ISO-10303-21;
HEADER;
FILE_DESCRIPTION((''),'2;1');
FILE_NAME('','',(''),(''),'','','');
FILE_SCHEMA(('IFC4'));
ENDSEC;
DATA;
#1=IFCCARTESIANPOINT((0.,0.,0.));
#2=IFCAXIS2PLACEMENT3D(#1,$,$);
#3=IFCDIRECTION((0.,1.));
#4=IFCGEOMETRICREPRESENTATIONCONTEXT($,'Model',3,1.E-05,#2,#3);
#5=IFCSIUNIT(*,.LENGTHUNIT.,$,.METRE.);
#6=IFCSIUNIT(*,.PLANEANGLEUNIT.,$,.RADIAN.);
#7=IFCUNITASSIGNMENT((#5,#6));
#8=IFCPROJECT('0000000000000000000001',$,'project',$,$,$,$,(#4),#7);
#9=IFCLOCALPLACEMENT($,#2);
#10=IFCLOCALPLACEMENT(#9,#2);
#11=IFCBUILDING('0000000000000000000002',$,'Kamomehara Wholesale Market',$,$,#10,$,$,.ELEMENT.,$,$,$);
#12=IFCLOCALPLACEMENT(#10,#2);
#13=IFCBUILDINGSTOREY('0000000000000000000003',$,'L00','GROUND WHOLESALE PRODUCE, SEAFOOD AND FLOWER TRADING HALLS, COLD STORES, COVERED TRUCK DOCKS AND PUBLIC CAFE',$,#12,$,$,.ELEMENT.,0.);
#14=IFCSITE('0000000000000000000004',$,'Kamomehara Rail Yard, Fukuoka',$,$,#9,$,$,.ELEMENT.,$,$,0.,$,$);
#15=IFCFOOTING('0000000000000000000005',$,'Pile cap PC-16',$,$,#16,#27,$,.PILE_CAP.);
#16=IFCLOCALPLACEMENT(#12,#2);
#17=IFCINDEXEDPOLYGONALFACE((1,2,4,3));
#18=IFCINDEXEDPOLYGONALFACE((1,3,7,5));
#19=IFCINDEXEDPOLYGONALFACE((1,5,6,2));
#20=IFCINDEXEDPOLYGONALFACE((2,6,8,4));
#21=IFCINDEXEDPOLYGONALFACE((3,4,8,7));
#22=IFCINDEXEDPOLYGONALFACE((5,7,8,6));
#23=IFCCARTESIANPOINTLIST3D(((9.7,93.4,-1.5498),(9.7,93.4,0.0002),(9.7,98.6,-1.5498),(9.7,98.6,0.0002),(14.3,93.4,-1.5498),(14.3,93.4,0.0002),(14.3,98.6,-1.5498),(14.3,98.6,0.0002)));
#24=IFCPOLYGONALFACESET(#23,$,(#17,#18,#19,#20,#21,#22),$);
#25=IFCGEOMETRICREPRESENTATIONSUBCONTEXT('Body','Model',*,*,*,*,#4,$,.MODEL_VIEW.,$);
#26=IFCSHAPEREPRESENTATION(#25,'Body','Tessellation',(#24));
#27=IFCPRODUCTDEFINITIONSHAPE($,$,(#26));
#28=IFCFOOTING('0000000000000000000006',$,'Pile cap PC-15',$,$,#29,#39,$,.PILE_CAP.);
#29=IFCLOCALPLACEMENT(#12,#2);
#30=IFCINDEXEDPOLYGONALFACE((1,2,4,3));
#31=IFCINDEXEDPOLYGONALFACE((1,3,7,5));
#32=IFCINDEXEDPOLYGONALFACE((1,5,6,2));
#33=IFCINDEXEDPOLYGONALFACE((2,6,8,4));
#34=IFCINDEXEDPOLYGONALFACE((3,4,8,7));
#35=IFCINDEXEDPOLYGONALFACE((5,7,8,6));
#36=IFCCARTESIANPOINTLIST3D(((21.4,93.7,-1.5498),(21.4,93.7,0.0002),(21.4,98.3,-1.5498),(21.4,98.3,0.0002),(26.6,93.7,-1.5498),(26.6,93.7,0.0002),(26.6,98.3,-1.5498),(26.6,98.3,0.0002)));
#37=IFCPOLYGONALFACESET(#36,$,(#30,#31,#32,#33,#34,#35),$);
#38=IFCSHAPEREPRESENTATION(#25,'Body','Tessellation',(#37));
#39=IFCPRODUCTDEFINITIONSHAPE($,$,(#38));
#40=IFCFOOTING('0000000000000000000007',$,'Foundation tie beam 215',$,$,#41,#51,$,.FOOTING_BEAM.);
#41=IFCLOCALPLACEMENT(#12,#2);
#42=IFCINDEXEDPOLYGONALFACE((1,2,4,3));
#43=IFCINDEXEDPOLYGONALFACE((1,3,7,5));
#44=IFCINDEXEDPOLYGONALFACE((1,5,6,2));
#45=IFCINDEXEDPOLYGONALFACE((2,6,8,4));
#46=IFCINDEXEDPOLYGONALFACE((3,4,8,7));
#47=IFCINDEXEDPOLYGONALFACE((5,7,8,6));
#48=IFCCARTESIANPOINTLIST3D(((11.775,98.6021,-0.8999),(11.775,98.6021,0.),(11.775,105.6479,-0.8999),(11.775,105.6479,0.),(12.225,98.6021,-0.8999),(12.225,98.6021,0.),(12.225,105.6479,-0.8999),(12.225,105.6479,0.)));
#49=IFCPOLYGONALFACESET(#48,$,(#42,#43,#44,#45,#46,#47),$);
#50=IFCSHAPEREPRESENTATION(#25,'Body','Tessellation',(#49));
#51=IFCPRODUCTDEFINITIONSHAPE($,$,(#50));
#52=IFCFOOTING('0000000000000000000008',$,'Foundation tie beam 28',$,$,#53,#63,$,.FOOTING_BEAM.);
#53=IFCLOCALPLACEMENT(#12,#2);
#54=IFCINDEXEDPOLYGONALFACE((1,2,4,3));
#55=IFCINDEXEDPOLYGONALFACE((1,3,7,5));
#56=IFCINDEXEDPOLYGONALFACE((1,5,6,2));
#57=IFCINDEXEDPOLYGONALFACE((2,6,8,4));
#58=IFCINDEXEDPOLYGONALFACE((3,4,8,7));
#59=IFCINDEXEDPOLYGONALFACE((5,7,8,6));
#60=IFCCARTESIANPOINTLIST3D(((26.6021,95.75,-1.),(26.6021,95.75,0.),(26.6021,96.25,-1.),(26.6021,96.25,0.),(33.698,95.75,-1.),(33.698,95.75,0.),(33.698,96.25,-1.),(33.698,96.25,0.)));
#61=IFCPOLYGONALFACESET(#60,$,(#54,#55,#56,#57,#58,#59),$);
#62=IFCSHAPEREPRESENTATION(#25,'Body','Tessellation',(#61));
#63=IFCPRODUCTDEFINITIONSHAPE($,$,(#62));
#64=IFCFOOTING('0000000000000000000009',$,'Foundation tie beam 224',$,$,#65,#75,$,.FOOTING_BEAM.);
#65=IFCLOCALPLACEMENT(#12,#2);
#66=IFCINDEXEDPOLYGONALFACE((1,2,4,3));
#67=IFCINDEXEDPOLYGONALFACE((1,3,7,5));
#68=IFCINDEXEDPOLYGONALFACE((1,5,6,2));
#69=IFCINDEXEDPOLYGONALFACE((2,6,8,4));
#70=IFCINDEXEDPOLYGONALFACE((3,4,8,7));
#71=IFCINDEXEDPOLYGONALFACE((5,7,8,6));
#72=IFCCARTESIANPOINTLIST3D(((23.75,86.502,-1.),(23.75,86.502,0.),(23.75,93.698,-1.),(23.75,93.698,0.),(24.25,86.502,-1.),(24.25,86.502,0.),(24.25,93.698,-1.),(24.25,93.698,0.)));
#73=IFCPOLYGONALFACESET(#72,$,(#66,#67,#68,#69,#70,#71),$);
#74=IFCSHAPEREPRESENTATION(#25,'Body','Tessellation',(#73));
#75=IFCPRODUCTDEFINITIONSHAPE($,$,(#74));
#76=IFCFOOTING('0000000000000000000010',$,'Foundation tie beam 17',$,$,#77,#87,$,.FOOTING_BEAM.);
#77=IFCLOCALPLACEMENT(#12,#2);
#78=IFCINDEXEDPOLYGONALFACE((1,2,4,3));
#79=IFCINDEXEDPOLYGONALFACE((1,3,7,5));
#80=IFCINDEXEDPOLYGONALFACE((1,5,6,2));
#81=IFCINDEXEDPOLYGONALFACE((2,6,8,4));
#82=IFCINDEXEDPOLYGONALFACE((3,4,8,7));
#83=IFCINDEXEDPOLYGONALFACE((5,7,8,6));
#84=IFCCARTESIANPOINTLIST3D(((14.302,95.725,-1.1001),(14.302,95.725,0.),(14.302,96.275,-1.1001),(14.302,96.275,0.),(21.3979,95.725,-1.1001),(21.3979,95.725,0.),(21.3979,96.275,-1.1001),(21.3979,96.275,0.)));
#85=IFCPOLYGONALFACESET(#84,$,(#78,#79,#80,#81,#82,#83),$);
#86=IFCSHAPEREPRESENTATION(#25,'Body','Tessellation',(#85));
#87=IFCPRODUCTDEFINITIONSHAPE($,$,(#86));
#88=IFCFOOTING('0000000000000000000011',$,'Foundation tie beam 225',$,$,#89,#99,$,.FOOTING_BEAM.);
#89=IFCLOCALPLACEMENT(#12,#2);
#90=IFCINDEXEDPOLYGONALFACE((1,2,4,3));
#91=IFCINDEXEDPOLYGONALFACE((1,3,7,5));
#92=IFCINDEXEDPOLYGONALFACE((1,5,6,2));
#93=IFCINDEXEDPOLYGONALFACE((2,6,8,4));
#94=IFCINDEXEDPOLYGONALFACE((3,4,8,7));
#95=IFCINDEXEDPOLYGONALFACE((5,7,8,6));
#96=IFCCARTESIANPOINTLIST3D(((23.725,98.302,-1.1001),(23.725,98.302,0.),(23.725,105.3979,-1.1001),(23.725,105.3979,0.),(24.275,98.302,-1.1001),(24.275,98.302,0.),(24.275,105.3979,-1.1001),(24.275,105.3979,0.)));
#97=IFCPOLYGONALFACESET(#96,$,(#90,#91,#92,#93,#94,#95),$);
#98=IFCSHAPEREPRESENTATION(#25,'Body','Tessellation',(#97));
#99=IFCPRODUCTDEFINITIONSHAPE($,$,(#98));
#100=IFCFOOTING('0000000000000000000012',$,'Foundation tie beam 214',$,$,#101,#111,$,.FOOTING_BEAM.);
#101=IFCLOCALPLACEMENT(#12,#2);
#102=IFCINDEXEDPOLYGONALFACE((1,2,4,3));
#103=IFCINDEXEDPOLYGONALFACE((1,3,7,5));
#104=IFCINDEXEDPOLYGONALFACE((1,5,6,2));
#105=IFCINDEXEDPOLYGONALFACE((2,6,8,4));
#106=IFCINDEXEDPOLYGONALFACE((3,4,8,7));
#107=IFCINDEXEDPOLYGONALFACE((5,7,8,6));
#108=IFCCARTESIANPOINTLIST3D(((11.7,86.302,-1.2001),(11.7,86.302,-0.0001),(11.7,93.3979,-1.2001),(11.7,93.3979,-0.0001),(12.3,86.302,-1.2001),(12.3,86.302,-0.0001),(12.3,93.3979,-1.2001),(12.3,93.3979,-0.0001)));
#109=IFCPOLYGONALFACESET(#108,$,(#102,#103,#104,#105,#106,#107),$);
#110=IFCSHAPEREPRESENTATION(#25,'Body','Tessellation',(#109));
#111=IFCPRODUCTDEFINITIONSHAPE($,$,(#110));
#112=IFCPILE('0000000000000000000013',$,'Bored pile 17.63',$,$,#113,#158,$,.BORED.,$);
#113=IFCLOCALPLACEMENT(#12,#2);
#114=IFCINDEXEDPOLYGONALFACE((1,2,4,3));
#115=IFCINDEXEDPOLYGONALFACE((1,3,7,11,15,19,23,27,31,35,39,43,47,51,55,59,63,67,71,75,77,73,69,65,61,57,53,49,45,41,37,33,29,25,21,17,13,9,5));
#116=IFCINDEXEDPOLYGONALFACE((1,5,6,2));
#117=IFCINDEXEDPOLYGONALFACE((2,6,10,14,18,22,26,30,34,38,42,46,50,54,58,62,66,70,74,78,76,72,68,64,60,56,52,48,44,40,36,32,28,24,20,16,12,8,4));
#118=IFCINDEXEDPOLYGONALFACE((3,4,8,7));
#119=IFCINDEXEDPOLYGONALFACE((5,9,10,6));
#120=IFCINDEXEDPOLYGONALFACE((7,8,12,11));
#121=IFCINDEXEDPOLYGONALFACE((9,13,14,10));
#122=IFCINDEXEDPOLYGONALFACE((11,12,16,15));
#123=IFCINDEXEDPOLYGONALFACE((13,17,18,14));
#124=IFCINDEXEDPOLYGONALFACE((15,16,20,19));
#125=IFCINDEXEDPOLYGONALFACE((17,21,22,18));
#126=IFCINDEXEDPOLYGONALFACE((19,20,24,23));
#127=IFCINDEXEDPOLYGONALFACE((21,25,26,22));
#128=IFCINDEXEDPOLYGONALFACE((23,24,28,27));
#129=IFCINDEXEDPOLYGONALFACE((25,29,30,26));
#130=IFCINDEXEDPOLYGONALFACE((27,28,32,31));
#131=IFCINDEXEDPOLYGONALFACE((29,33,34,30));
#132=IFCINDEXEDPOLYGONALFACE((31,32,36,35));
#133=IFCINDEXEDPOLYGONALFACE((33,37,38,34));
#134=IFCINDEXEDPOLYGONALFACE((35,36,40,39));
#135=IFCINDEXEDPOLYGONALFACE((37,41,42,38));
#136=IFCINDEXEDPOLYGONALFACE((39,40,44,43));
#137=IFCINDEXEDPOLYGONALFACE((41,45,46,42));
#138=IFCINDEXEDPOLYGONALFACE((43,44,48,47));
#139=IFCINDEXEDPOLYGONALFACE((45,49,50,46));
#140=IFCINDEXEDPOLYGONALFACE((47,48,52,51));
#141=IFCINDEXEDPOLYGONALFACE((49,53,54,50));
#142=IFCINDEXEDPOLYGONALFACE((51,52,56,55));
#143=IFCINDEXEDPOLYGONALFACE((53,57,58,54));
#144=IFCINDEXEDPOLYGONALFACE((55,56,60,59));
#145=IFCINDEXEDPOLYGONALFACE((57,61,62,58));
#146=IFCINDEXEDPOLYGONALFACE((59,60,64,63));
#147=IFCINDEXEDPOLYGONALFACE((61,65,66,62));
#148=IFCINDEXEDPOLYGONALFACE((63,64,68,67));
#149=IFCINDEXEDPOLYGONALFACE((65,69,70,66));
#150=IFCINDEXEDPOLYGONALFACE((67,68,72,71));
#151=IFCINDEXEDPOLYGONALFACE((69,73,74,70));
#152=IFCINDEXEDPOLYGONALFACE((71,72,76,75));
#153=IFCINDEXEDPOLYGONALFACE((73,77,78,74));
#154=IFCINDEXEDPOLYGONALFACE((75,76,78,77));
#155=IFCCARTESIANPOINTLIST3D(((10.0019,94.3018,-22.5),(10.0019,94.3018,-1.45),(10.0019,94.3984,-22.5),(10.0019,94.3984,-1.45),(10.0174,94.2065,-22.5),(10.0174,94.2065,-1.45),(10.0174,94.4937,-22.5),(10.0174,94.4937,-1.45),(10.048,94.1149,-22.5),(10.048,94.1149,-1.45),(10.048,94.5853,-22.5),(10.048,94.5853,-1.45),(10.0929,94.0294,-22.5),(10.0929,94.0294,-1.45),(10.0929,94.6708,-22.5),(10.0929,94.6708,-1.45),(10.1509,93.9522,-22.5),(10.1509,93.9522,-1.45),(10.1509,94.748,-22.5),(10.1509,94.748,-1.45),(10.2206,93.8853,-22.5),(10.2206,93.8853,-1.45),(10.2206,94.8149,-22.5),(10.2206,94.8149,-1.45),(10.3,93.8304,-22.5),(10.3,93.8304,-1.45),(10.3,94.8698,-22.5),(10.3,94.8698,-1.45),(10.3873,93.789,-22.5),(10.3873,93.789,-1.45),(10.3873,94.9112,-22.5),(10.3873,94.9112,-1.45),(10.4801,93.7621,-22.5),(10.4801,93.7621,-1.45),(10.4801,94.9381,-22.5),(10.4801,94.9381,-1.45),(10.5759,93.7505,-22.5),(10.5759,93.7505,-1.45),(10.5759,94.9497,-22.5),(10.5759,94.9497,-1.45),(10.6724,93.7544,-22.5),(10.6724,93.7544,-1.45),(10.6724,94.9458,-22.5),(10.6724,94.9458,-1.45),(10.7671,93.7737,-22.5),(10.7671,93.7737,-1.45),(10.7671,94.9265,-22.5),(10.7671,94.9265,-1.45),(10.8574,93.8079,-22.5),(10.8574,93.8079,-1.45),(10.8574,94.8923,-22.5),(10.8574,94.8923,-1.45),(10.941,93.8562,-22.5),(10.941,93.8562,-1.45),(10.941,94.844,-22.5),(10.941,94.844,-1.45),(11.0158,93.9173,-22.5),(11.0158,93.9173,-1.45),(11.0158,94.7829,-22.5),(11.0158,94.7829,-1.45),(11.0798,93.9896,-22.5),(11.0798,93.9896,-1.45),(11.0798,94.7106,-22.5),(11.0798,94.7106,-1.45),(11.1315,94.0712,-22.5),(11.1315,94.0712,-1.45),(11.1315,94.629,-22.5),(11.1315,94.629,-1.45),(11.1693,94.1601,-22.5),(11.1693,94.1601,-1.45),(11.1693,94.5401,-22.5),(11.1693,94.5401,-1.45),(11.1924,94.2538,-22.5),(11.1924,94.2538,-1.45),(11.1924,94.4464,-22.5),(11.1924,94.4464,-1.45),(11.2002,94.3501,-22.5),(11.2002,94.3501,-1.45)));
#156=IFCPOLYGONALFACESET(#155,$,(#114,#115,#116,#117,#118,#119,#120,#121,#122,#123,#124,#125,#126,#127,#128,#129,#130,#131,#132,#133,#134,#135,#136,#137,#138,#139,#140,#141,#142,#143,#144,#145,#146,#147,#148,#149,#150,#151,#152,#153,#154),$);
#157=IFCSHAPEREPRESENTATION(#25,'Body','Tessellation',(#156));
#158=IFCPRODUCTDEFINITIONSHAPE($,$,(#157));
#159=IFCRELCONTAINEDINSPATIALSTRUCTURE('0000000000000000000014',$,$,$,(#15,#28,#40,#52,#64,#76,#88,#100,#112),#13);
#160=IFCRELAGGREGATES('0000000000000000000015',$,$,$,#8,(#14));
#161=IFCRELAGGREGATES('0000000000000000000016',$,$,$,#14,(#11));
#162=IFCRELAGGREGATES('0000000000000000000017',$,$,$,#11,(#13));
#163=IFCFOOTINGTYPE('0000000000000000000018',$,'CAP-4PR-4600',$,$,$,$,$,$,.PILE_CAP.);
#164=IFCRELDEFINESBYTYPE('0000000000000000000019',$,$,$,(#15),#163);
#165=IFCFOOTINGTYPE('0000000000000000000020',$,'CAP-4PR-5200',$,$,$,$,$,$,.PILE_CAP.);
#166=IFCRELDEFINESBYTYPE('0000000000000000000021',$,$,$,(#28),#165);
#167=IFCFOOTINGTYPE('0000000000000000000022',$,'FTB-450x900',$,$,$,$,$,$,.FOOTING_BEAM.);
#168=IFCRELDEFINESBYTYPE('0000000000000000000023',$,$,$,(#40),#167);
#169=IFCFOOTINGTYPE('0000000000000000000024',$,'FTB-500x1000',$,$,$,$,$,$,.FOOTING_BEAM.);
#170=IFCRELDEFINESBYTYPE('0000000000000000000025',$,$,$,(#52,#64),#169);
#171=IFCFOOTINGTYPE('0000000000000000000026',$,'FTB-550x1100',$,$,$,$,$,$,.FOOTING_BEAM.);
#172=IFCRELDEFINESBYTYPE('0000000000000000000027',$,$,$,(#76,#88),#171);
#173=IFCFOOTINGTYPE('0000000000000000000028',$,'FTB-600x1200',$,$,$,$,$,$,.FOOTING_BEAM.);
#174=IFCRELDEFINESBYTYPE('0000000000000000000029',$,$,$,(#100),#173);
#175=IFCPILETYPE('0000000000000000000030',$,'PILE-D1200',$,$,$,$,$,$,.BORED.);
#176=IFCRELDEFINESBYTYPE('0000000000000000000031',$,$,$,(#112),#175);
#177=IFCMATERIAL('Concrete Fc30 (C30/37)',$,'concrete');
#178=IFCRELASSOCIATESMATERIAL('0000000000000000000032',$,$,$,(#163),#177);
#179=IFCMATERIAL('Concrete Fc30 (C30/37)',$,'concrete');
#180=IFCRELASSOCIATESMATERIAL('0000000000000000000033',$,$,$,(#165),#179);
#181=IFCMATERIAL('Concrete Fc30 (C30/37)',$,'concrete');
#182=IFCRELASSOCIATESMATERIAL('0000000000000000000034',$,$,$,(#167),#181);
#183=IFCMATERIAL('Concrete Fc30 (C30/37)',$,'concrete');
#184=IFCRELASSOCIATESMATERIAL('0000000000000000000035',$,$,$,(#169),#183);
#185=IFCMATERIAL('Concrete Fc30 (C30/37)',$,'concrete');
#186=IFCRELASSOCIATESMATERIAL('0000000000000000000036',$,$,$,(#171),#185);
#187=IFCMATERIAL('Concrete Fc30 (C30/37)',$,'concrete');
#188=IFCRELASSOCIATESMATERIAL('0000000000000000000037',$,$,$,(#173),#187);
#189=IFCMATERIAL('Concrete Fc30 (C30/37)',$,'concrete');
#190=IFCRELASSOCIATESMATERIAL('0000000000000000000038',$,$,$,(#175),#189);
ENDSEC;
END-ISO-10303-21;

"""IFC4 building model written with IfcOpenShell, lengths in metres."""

from ifc_helpers import new_model, si_unit, direction, frame, origin, origin_2d, place, context, subcontext, project, spatial, rectangle, circle, extrude, material, material_profile, profile_set, type_object, element, save


model = new_model("IFC4")

# Units and contexts
model_context = context("Model", 3, precision=1e-05, world=origin(), true_north=direction((0.0, 1.0)))
body_context = subcontext(model_context, "Body", "Model", "MODEL_VIEW")
ifc_project = project(units=[si_unit("LENGTHUNIT", "METRE"), si_unit("PLANEANGLEUNIT", "RADIAN")], contexts=[model_context])

# Site, building, storey
site_placement = place(None, origin())
site = spatial("IfcSite", under=ifc_project, at=site_placement, Name="Kamomehara Rail Yard, Fukuoka", CompositionType="ELEMENT", RefElevation=0.0)
building_placement = place(site_placement, origin())
building = spatial("IfcBuilding", under=site, at=building_placement, Name="Kamomehara Wholesale Market", CompositionType="ELEMENT")
storey_placement = place(building_placement, origin())
storey = spatial("IfcBuildingStorey", under=building, at=storey_placement, Name="L00", Description="GROUND WHOLESALE PRODUCE, SEAFOOD AND FLOWER TRADING HALLS, COLD STORES, COVERED TRUCK DOCKS AND PUBLIC CAFE", CompositionType="ELEMENT", Elevation=0.0)

# Footings
ifc_material_1 = material(Name="Concrete Fc30 (C30/37)", Category="concrete")
footing_type_1 = type_object("IfcFootingType", Name="CAP-4PR-4600", PredefinedType="PILE_CAP", material=ifc_material_1)
footing_1_placement = place(storey_placement, frame((12.0, 96.0, -1.5498), z_axis=(0.0, 0.0, 1.0), x_axis=(1.0, 0.0, 0.0)))
element("IfcFooting", 1, at=footing_1_placement, inside=storey, type_object=footing_type_1, Name="Pile cap PC-16", PredefinedType="PILE_CAP", context=body_context, shape_type="SweptSolid", body=[
    extrude(rectangle(XDim=4.6001, YDim=5.2, at=origin_2d()), origin(), (0.0, 0.0, 1.0), 1.55),
])
ifc_material_2 = material(Name="Concrete Fc30 (C30/37)", Category="concrete")
footing_type_2 = type_object("IfcFootingType", Name="CAP-4PR-5200", PredefinedType="PILE_CAP", material=ifc_material_2)
footing_2_placement = place(storey_placement, frame((24.0, 96.0, -1.5498), z_axis=(0.0, 0.0, 1.0), x_axis=(1.0, 0.0, 0.0)))
element("IfcFooting", 2, at=footing_2_placement, inside=storey, type_object=footing_type_2, Name="Pile cap PC-15", PredefinedType="PILE_CAP", context=body_context, shape_type="SweptSolid", body=[
    extrude(rectangle(XDim=5.2, YDim=4.6001, at=origin_2d()), origin(), (0.0, 0.0, 1.0), 1.55),
])
ifc_material_3 = material(Name="Concrete Fc30 (C30/37)", Category="concrete")
ifc_material_profile_1 = material_profile(ifc_material_3, rectangle(XDim=0.45, YDim=0.8999, at=origin_2d()), Name="RC-FTB-450x900")
ifc_profile_set_1 = profile_set([ifc_material_profile_1], Name="Concrete Fc30 (C30/37)")
footing_type_3 = type_object("IfcFootingType", Name="FTB-450x900", PredefinedType="FOOTING_BEAM", material=ifc_profile_set_1)
footing_3_placement = place(storey_placement, frame((12.0, 98.6021, -0.45), z_axis=(0.0, 1.0, 0.0), x_axis=(-1.0, 0.0, 0.0)))
element("IfcFooting", 3, at=footing_3_placement, inside=storey, type_object=footing_type_3, Name="Foundation tie beam 215", PredefinedType="FOOTING_BEAM", context=body_context, shape_type="SweptSolid", body=[
    extrude(rectangle(XDim=0.45, YDim=0.8999, at=origin_2d()), origin(), (0.0, 0.0, 1.0), 7.0459),
])
ifc_material_4 = material(Name="Concrete Fc30 (C30/37)", Category="concrete")
ifc_material_profile_2 = material_profile(ifc_material_4, rectangle(XDim=0.5, YDim=1.0, at=origin_2d()), Name="RC-FTB-500x1000")
ifc_profile_set_2 = profile_set([ifc_material_profile_2], Name="Concrete Fc30 (C30/37)")
footing_type_4 = type_object("IfcFootingType", Name="FTB-500x1000", PredefinedType="FOOTING_BEAM", material=ifc_profile_set_2)
footing_4_placement = place(storey_placement, frame((26.6021, 96.0, -0.5), z_axis=(1.0, 0.0, 0.0), x_axis=(0.0, 1.0, 0.0)))
element("IfcFooting", 4, at=footing_4_placement, inside=storey, type_object=footing_type_4, Name="Foundation tie beam 28", PredefinedType="FOOTING_BEAM", context=body_context, shape_type="SweptSolid", body=[
    extrude(rectangle(XDim=0.5, YDim=1.0, at=origin_2d()), origin(), (0.0, 0.0, 1.0), 7.0959),
])
footing_5_placement = place(storey_placement, frame((24.0, 86.502, -0.5), z_axis=(0.0, 1.0, 0.0), x_axis=(-1.0, 0.0, 0.0)))
element("IfcFooting", 5, at=footing_5_placement, inside=storey, type_object=footing_type_4, Name="Foundation tie beam 224", PredefinedType="FOOTING_BEAM", context=body_context, shape_type="SweptSolid", body=[
    extrude(rectangle(XDim=0.5, YDim=1.0, at=origin_2d()), origin(), (0.0, 0.0, 1.0), 7.196),
])
ifc_material_5 = material(Name="Concrete Fc30 (C30/37)", Category="concrete")
ifc_material_profile_3 = material_profile(ifc_material_5, rectangle(XDim=0.55, YDim=1.1001, at=origin_2d()), Name="RC-FTB-550x1100")
ifc_profile_set_3 = profile_set([ifc_material_profile_3], Name="Concrete Fc30 (C30/37)")
footing_type_5 = type_object("IfcFootingType", Name="FTB-550x1100", PredefinedType="FOOTING_BEAM", material=ifc_profile_set_3)
for number, where, z_axis, x_axis, name in (
    (6, (14.302, 96.0, -0.55), (1.0, 0.0, 0.0), (0.0, 1.0, 0.0), "Foundation tie beam 17"),
    (7, (24.0, 98.302, -0.55), (0.0, 1.0, 0.0), (-1.0, 0.0, 0.0), "Foundation tie beam 225"),
):
    element("IfcFooting", number, at=place(storey_placement, frame(where, z_axis=z_axis, x_axis=x_axis)), inside=storey, type_object=footing_type_5, Name=name, PredefinedType="FOOTING_BEAM", context=body_context, shape_type="SweptSolid", body=[
        extrude(rectangle(XDim=0.55, YDim=1.1001, at=origin_2d()), origin(), (0.0, 0.0, 1.0), 7.0959),
    ])
ifc_material_6 = material(Name="Concrete Fc30 (C30/37)", Category="concrete")
ifc_material_profile_4 = material_profile(ifc_material_6, rectangle(XDim=0.6001, YDim=1.2, at=origin_2d()), Name="RC-FTB-600x1200")
ifc_profile_set_4 = profile_set([ifc_material_profile_4], Name="Concrete Fc30 (C30/37)")
footing_type_6 = type_object("IfcFootingType", Name="FTB-600x1200", PredefinedType="FOOTING_BEAM", material=ifc_profile_set_4)
footing_6_placement = place(storey_placement, frame((12.0, 86.302, -0.6001), z_axis=(0.0, 1.0, 0.0), x_axis=(-1.0, 0.0, 0.0)))
element("IfcFooting", 8, at=footing_6_placement, inside=storey, type_object=footing_type_6, Name="Foundation tie beam 214", PredefinedType="FOOTING_BEAM", context=body_context, shape_type="SweptSolid", body=[
    extrude(rectangle(XDim=0.6001, YDim=1.2, at=origin_2d()), origin(), (0.0, 0.0, 1.0), 7.0959),
])

# Pile
ifc_material_7 = material(Name="Concrete Fc30 (C30/37)", Category="concrete")
ifc_material_profile_5 = material_profile(ifc_material_7, circle(Radius=0.6001, at=origin_2d()), Name="RC-PILE-D1200")
ifc_profile_set_5 = profile_set([ifc_material_profile_5], Name="Concrete Fc30 (C30/37)")
pile_type = type_object("IfcPileType", Name="PILE-D1200", PredefinedType="BORED", material=ifc_profile_set_5)
for number, where, z_axis, x_axis, name in (
    (9, (10.6001, 94.3501, -1.45), (0.0, 0.0, -1.0), (1.0, 0.0, 0.0), "Bored pile 17.63"),
):
    element("IfcPile", number, at=place(storey_placement, frame(where, z_axis=z_axis, x_axis=x_axis)), inside=storey, type_object=pile_type, Name=name, PredefinedType="BORED", context=body_context, shape_type="SweptSolid", body=[
        extrude(circle(Radius=0.6001, at=origin_2d()), origin(), (0.0, 0.0, 1.0), 21.05),
    ])

save(model, "model.ifc")
